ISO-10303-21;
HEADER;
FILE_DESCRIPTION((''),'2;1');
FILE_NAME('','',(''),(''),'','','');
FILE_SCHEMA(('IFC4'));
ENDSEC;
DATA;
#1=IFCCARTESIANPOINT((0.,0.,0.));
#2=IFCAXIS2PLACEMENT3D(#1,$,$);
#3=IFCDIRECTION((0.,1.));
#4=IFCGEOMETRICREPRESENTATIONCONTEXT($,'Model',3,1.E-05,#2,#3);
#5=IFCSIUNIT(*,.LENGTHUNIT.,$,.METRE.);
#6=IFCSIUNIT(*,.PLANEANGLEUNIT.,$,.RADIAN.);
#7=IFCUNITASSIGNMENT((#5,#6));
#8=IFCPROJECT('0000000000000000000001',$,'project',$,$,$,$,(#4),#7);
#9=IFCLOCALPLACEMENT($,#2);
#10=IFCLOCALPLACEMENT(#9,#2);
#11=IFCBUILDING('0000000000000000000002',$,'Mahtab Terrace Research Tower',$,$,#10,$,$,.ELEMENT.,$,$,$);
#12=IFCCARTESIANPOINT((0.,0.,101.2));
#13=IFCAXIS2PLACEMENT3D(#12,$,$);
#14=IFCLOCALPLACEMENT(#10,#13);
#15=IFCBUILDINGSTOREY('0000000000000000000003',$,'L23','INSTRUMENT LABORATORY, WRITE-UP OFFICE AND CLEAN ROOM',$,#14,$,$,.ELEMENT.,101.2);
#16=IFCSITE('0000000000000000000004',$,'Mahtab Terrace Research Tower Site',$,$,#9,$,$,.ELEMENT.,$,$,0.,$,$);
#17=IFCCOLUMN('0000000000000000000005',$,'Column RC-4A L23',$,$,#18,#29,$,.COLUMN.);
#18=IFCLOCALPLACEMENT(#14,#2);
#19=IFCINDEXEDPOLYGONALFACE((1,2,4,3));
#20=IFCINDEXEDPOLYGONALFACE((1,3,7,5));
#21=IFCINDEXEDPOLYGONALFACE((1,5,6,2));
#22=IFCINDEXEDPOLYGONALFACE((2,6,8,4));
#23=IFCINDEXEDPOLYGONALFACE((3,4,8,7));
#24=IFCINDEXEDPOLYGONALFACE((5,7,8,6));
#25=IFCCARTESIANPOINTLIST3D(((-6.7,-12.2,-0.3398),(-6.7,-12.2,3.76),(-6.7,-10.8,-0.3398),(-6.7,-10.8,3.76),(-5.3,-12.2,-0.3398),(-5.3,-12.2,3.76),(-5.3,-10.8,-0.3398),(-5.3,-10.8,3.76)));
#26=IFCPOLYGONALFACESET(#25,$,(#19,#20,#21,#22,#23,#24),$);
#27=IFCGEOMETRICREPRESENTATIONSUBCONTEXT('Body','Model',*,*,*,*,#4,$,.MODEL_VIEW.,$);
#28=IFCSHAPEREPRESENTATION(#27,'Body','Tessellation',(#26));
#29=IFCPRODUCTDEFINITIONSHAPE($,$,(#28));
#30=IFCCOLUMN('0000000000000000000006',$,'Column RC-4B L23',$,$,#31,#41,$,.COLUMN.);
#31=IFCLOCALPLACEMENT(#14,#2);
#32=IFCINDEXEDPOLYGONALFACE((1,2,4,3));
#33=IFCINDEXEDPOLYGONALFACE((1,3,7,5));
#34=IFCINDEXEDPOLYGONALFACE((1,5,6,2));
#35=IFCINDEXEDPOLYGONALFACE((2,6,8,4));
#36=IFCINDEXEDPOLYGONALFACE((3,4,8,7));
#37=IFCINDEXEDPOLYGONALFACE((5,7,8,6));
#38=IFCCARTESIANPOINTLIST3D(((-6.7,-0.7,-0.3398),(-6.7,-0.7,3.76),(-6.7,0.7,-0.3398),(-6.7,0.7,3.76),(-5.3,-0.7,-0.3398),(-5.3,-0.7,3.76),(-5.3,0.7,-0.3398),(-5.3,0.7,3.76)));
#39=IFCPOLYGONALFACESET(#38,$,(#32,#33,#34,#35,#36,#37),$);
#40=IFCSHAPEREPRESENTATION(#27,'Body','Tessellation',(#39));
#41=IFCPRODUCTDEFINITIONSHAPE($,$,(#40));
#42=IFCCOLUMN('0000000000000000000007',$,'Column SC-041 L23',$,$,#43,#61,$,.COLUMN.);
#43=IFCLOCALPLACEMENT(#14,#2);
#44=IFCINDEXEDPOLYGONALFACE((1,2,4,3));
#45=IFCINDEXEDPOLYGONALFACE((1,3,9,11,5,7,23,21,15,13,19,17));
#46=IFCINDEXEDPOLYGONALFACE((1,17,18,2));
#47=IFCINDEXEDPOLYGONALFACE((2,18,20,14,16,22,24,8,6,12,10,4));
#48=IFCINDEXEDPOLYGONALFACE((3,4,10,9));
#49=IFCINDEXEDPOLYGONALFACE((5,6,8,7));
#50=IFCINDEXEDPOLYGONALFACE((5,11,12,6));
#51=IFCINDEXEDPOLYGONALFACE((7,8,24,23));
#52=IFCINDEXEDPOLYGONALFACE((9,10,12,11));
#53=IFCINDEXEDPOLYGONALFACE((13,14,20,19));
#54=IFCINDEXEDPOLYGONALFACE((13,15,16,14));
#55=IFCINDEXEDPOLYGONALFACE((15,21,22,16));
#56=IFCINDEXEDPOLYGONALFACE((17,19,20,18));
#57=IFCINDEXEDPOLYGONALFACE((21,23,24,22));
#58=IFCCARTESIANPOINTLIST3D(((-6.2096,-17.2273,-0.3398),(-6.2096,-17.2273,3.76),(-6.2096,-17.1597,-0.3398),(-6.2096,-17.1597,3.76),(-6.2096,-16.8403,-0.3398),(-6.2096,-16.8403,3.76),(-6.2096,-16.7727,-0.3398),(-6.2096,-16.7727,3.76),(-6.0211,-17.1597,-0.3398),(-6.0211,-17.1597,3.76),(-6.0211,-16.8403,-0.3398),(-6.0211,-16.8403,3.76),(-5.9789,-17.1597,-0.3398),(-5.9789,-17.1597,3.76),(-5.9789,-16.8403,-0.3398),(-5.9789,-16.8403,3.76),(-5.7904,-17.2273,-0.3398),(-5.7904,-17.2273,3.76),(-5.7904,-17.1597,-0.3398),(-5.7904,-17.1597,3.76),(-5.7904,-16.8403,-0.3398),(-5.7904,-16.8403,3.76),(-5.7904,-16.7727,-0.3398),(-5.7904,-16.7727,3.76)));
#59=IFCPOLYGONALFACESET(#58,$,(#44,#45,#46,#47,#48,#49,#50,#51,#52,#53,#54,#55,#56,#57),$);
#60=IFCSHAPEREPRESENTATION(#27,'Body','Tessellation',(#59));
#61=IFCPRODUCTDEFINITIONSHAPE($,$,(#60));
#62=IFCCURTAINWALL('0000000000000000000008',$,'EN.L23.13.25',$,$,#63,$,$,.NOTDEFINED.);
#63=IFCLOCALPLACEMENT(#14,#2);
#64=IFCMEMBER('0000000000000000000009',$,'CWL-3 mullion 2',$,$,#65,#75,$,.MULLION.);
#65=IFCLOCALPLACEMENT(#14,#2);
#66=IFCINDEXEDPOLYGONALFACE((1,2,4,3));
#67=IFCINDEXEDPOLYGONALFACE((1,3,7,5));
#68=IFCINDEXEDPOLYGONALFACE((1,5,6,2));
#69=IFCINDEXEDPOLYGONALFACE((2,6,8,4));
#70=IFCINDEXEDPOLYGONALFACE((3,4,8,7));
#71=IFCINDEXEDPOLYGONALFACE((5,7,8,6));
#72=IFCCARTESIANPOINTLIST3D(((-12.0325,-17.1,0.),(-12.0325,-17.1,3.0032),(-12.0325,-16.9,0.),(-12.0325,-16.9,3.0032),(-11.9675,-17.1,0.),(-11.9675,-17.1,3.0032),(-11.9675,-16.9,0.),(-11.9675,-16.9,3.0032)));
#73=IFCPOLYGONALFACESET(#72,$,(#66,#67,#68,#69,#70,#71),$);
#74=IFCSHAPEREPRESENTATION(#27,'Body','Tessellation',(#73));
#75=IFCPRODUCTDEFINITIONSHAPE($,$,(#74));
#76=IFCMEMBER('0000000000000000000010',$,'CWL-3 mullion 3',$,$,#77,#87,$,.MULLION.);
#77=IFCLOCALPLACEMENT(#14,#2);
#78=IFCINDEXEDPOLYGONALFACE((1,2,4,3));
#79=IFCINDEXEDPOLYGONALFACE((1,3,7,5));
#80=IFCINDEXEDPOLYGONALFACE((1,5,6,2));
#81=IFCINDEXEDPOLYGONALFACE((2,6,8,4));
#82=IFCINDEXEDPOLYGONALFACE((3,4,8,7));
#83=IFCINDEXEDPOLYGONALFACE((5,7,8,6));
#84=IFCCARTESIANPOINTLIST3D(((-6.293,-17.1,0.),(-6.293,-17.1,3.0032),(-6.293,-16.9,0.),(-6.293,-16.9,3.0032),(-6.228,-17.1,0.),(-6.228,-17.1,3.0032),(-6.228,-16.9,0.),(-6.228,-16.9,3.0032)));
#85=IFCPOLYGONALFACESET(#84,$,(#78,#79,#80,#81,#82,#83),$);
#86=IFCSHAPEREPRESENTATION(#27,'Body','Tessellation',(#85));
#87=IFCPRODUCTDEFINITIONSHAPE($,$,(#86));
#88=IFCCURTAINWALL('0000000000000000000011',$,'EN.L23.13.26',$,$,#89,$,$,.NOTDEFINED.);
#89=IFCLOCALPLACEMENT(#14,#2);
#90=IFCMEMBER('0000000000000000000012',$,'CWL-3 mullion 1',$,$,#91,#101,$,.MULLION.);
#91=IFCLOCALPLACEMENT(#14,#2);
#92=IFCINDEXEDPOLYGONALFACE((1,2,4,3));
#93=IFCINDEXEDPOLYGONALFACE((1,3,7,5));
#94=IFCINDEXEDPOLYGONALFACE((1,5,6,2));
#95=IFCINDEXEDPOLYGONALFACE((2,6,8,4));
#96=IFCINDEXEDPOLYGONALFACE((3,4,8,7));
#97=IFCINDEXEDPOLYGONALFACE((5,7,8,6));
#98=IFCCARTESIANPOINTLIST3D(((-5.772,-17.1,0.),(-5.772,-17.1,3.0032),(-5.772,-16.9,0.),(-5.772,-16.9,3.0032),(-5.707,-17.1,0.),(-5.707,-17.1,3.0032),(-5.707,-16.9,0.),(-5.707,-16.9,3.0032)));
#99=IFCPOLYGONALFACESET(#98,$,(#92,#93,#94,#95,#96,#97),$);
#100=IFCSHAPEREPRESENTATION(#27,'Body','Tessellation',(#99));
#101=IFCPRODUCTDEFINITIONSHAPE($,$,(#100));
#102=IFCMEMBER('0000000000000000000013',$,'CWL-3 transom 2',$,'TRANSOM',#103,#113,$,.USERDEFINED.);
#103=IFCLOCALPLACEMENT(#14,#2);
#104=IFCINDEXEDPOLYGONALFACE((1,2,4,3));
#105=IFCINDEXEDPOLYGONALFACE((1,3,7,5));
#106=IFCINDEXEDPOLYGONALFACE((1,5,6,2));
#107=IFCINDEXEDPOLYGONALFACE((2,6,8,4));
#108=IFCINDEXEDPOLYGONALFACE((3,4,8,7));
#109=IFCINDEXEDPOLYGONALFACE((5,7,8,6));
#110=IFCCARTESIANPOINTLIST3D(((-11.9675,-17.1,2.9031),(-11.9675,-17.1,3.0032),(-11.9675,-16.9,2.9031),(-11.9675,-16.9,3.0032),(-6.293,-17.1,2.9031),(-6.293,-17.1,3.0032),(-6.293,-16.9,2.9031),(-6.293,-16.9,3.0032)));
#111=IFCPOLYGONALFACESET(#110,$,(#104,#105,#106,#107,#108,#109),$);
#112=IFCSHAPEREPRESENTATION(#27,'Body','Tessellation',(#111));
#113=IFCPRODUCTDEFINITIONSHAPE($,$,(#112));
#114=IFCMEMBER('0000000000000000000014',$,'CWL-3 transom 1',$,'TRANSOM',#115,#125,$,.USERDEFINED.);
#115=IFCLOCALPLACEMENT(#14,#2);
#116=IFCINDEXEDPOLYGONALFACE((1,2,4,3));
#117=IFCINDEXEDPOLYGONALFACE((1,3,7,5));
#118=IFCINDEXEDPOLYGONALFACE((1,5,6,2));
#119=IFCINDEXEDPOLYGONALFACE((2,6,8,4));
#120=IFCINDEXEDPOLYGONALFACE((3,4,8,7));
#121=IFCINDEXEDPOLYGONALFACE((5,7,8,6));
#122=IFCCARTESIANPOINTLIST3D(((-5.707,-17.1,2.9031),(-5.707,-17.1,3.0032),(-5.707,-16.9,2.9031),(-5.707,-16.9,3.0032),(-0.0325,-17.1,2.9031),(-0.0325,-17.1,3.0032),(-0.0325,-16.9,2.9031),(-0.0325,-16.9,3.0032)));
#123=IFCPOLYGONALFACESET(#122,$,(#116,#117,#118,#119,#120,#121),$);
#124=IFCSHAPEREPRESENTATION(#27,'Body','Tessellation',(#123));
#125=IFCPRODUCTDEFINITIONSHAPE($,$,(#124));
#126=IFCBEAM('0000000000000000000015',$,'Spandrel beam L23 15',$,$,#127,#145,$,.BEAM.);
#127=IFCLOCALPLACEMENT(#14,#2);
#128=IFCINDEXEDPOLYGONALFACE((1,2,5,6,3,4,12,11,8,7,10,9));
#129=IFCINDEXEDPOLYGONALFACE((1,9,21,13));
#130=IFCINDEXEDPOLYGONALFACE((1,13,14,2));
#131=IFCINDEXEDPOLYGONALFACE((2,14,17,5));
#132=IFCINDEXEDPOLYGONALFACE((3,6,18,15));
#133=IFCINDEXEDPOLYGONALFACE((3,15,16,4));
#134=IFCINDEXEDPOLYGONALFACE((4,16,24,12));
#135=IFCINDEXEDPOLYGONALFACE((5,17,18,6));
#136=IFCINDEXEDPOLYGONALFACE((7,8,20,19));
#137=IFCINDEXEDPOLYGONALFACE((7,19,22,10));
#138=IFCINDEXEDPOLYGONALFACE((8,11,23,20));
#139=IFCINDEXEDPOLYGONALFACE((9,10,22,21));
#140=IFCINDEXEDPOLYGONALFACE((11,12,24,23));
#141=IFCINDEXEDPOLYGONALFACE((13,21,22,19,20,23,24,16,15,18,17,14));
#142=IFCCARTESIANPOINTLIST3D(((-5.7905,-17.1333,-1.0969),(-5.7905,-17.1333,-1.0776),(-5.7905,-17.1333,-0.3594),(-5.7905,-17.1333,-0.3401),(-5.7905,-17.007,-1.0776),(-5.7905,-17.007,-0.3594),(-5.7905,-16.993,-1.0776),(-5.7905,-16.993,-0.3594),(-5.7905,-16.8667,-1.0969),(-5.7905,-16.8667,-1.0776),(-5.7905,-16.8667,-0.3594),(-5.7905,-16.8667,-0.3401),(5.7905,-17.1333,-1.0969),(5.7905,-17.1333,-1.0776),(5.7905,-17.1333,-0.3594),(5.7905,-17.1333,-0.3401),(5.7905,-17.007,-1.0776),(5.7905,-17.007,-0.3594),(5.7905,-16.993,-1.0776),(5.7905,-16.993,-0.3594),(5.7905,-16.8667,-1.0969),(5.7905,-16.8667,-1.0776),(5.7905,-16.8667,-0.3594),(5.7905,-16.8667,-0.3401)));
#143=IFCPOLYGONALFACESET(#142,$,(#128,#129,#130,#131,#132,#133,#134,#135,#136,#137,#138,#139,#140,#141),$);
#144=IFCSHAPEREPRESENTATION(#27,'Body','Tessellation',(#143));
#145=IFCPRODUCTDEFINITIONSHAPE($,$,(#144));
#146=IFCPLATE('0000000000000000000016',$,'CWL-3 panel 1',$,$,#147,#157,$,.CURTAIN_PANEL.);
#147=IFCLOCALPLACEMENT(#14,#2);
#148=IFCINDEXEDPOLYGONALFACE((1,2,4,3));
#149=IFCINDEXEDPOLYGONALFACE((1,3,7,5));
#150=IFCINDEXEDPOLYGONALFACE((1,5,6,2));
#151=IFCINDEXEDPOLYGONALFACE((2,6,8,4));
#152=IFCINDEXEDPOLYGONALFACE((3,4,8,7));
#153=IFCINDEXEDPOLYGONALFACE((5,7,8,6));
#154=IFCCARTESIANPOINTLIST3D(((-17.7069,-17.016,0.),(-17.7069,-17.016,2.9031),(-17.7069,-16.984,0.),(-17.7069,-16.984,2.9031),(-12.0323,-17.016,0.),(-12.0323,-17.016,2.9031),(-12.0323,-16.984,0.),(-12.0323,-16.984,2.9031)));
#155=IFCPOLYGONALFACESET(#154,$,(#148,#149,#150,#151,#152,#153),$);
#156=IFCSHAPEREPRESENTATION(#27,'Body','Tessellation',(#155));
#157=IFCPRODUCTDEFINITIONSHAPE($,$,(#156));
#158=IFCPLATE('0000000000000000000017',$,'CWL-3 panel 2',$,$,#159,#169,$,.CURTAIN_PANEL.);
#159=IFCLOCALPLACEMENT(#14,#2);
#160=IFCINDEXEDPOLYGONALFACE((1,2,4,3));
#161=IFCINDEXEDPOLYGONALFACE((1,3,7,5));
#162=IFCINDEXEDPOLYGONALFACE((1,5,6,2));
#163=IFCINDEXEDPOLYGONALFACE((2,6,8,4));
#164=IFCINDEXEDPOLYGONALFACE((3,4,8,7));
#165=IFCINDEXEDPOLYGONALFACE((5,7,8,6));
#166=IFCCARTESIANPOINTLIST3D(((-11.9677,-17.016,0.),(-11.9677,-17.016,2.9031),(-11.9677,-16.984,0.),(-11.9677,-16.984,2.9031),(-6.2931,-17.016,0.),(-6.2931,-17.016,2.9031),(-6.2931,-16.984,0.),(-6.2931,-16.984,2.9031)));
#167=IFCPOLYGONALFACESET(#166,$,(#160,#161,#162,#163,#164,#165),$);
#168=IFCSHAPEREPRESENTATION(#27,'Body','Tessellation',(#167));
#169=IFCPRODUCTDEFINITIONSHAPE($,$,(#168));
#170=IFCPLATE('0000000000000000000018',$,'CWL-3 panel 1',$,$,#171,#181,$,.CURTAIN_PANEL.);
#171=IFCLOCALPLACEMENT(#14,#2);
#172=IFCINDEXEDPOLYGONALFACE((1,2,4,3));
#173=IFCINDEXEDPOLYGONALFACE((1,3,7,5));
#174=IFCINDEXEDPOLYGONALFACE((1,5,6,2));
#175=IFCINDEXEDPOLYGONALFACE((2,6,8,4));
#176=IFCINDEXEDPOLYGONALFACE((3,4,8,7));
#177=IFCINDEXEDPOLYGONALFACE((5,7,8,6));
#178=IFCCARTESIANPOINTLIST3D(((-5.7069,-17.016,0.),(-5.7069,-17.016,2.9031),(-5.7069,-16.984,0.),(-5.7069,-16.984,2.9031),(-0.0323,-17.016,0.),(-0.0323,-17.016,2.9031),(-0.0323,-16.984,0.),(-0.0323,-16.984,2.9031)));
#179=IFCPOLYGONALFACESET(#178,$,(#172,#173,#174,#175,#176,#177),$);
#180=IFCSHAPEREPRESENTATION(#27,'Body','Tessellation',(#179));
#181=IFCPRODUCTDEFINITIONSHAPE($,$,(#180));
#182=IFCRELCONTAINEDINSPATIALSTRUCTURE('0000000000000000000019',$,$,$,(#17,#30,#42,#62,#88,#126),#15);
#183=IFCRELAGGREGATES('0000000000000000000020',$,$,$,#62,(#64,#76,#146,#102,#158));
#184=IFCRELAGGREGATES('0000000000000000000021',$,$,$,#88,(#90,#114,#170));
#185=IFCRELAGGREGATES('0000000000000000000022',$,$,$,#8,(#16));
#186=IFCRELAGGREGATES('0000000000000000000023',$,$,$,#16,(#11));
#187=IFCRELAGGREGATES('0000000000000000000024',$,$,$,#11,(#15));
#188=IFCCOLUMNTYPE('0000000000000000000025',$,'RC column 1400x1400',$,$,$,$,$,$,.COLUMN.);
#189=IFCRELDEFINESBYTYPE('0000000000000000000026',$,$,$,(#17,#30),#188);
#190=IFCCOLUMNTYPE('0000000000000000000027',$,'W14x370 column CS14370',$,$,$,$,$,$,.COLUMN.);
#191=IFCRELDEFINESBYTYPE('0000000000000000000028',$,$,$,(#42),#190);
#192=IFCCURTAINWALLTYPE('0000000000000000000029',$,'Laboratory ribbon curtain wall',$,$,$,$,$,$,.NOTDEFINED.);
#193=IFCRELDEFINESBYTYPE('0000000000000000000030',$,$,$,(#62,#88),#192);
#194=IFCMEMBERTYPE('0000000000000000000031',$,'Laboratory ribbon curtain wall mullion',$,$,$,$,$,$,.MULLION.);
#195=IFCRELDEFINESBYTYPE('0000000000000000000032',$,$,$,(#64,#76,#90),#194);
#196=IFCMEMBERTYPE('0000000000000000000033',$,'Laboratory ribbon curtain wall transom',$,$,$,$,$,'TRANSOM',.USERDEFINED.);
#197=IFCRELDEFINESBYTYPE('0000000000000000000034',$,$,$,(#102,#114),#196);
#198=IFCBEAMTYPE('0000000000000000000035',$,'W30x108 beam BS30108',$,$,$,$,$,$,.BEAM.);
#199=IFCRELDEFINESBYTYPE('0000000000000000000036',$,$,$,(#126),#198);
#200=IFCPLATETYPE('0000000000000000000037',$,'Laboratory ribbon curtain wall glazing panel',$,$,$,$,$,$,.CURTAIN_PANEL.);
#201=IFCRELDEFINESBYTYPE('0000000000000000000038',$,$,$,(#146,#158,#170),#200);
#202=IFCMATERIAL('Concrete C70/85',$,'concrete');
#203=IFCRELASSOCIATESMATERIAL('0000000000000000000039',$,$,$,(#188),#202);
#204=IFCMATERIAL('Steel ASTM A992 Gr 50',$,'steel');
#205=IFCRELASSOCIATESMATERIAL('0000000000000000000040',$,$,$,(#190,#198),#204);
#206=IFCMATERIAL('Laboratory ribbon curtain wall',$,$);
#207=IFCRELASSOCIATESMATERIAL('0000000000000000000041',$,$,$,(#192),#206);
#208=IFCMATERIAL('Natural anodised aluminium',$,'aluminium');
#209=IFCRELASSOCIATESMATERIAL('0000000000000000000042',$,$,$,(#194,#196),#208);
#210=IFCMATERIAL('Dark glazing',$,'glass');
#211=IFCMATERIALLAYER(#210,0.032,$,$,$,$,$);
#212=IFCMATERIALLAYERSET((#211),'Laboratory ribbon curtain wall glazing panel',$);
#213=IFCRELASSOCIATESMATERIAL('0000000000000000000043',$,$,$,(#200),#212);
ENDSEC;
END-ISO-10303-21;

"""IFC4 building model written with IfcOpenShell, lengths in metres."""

from ifc_helpers import new_model, si_unit, direction, frame, origin, origin_2d, place, context, subcontext, project, spatial, rectangle, i_section, extrude, material, layer, layer_set, material_profile, profile_set, type_object, element, aggregate, save


model = new_model("IFC4")

# Units and contexts
model_context = context("Model", 3, precision=1e-05, world=origin(), true_north=direction((0.0, 1.0)))
body_context = subcontext(model_context, "Body", "Model", "MODEL_VIEW")
ifc_project = project(units=[si_unit("LENGTHUNIT", "METRE"), si_unit("PLANEANGLEUNIT", "RADIAN")], contexts=[model_context])

# Site, building, storey
site_placement = place(None, origin())
site = spatial("IfcSite", under=ifc_project, at=site_placement, Name="Mahtab Terrace Research Tower Site", CompositionType="ELEMENT", RefElevation=0.0)
building_placement = place(site_placement, origin())
building = spatial("IfcBuilding", under=site, at=building_placement, Name="Mahtab Terrace Research Tower", CompositionType="ELEMENT")
storey_placement = place(building_placement, frame((0.0, 0.0, 101.2)))
storey = spatial("IfcBuildingStorey", under=building, at=storey_placement, Name="L23", Description="INSTRUMENT LABORATORY, WRITE-UP OFFICE AND CLEAN ROOM", CompositionType="ELEMENT", Elevation=101.2)

# Columns
ifc_material_1 = material(Name="Concrete C70/85", Category="concrete")
ifc_material_profile_1 = material_profile(ifc_material_1, rectangle(XDim=1.3999, YDim=1.3999, at=origin_2d()), Name="RC column 1400x1400")
ifc_profile_set_1 = profile_set([ifc_material_profile_1], Name="Concrete C70/85")
column_type_1 = type_object("IfcColumnType", Name="RC column 1400x1400", PredefinedType="COLUMN", material=ifc_profile_set_1)
for number, where, z_axis, x_axis, name in (
    (1, (-6.0, -11.5, -0.3398), (0.0, 0.0, 1.0), (1.0, 0.0, 0.0), "Column RC-4A L23"),
    (2, (-6.0, 0.0, -0.3398), (0.0, 0.0, 1.0), (1.0, 0.0, 0.0), "Column RC-4B L23"),
):
    element("IfcColumn", number, at=place(storey_placement, frame(where, z_axis=z_axis, x_axis=x_axis)), inside=storey, type_object=column_type_1, Name=name, PredefinedType="COLUMN", context=body_context, shape_type="SweptSolid", body=[
        extrude(rectangle(XDim=1.3999, YDim=1.3999, at=origin_2d()), origin(), (0.0, 0.0, 1.0), 4.0999),
    ])
ifc_material_2 = material(Name="Steel ASTM A992 Gr 50", Category="steel")
ifc_material_profile_2 = material_profile(ifc_material_2, i_section(OverallWidth=0.4192, OverallDepth=0.4546, WebThickness=0.0422, FlangeThickness=0.0676, at=origin_2d()), Name="W14X370")
ifc_profile_set_2 = profile_set([ifc_material_profile_2], Name="Steel ASTM A992 Gr 50")
column_type_2 = type_object("IfcColumnType", Name="W14x370 column CS14370", PredefinedType="COLUMN", material=ifc_profile_set_2)
column_placement = place(storey_placement, frame((-6.0, -17.0, -0.3398), z_axis=(0.0, 0.0, 1.0), x_axis=(1.0, 0.0, 0.0)))
element("IfcColumn", 3, at=column_placement, inside=storey, type_object=column_type_2, Name="Column SC-041 L23", PredefinedType="COLUMN", context=body_context, shape_type="SweptSolid", body=[
    extrude(i_section(OverallWidth=0.4192, OverallDepth=0.4546, WebThickness=0.0422, FlangeThickness=0.0676, at=origin_2d()), origin(), (0.0, 0.0, 1.0), 4.0999),
])

# Curtain wall, members
ifc_material_3 = material(Name="Laboratory ribbon curtain wall")
curtain_wall_type = type_object("IfcCurtainWallType", Name="Laboratory ribbon curtain wall", PredefinedType="NOTDEFINED", material=ifc_material_3)
curtain_wall_1_placement = place(storey_placement, origin())
curtain_wall_1 = element("IfcCurtainWall", 4, at=curtain_wall_1_placement, inside=storey, type_object=curtain_wall_type, Name="EN.L23.13.25", PredefinedType="NOTDEFINED")
ifc_material_4 = material(Name="Natural anodised aluminium", Category="aluminium")
ifc_material_profile_3 = material_profile(ifc_material_4, rectangle(XDim=0.2, YDim=0.0649, at=origin_2d()), Name="MULLION 65x200")
ifc_profile_set_3 = profile_set([ifc_material_profile_3], Name="Natural anodised aluminium")
member_type_1 = type_object("IfcMemberType", Name="Laboratory ribbon curtain wall mullion", PredefinedType="MULLION", material=ifc_profile_set_3)
member_1_placement = place(storey_placement, frame((-12.0, -17.0, 0.0), z_axis=(0.0, 0.0, 1.0), x_axis=(0.0, 1.0, 0.0)))
member_1 = element("IfcMember", 5, at=member_1_placement, type_object=member_type_1, Name="CWL-3 mullion 2", PredefinedType="MULLION", context=body_context, shape_type="SweptSolid", body=[
    extrude(rectangle(XDim=0.2, YDim=0.0649, at=origin_2d()), origin(), (0.0, 0.0, 1.0), 3.0032),
])
member_2_placement = place(storey_placement, frame((-6.2605, -17.0, 0.0), z_axis=(0.0, 0.0, 1.0), x_axis=(0.0, 1.0, 0.0)))
member_2 = element("IfcMember", 6, at=member_2_placement, type_object=member_type_1, Name="CWL-3 mullion 3", PredefinedType="MULLION", context=body_context, shape_type="SweptSolid", body=[
    extrude(rectangle(XDim=0.2, YDim=0.0649, at=origin_2d()), origin(), (0.0, 0.0, 1.0), 3.0032),
])

# Curtain wall, member
curtain_wall_2_placement = place(storey_placement, origin())
curtain_wall_2 = element("IfcCurtainWall", 7, at=curtain_wall_2_placement, inside=storey, type_object=curtain_wall_type, Name="EN.L23.13.26", PredefinedType="NOTDEFINED")
member_3_placement = place(storey_placement, frame((-5.7395, -17.0, 0.0), z_axis=(0.0, 0.0, 1.0), x_axis=(0.0, 1.0, 0.0)))
member_3 = element("IfcMember", 8, at=member_3_placement, type_object=member_type_1, Name="CWL-3 mullion 1", PredefinedType="MULLION", context=body_context, shape_type="SweptSolid", body=[
    extrude(rectangle(XDim=0.2, YDim=0.0649, at=origin_2d()), origin(), (0.0, 0.0, 1.0), 3.0032),
])

# Members
ifc_material_profile_4 = material_profile(ifc_material_4, rectangle(XDim=0.2, YDim=0.1001, at=origin_2d()), Name="TRANSOM 100x200")
ifc_profile_set_4 = profile_set([ifc_material_profile_4], Name="Natural anodised aluminium")
member_type_2 = type_object("IfcMemberType", Name="Laboratory ribbon curtain wall transom", ElementType="TRANSOM", PredefinedType="USERDEFINED", material=ifc_profile_set_4)
member_4_placement = place(storey_placement, frame((-11.9675, -17.0, 2.9531), z_axis=(1.0, 0.0, 0.0), x_axis=(0.0, 1.0, 0.0)))
member_4 = element("IfcMember", 9, at=member_4_placement, type_object=member_type_2, Name="CWL-3 transom 2", ObjectType="TRANSOM", PredefinedType="USERDEFINED", context=body_context, shape_type="SweptSolid", body=[
    extrude(rectangle(XDim=0.2, YDim=0.1001, at=origin_2d()), origin(), (0.0, 0.0, 1.0), 5.6746),
])
member_5_placement = place(storey_placement, frame((-5.707, -17.0, 2.9531), z_axis=(1.0, 0.0, 0.0), x_axis=(0.0, 1.0, 0.0)))
member_5 = element("IfcMember", 10, at=member_5_placement, type_object=member_type_2, Name="CWL-3 transom 1", ObjectType="TRANSOM", PredefinedType="USERDEFINED", context=body_context, shape_type="SweptSolid", body=[
    extrude(rectangle(XDim=0.2, YDim=0.1001, at=origin_2d()), origin(), (0.0, 0.0, 1.0), 5.6746),
])

# Beam
ifc_material_profile_5 = material_profile(ifc_material_2, i_section(OverallWidth=0.2666, OverallDepth=0.7568, WebThickness=0.0139, FlangeThickness=0.0193, at=origin_2d()), Name="W30X108")
ifc_profile_set_5 = profile_set([ifc_material_profile_5], Name="Steel ASTM A992 Gr 50")
beam_type = type_object("IfcBeamType", Name="W30x108 beam BS30108", PredefinedType="BEAM", material=ifc_profile_set_5)
beam_placement = place(storey_placement, frame((-5.7905, -17.0, -0.7185), z_axis=(1.0, 0.0, 0.0), x_axis=(0.0, 1.0, 0.0)))
element("IfcBeam", 11, at=beam_placement, inside=storey, type_object=beam_type, Name="Spandrel beam L23 15", PredefinedType="BEAM", context=body_context, shape_type="SweptSolid", body=[
    extrude(i_section(OverallWidth=0.2666, OverallDepth=0.7568, WebThickness=0.0139, FlangeThickness=0.0193, at=origin_2d()), origin(), (0.0, 0.0, 1.0), 11.5811),
])

# Plates
ifc_material_5 = material(Name="Dark glazing", Category="glass")
ifc_layer_1 = layer(ifc_material_5, 0.032)
ifc_layer_set_1 = layer_set([ifc_layer_1], Name="Laboratory ribbon curtain wall glazing panel")
plate_type = type_object("IfcPlateType", Name="Laboratory ribbon curtain wall glazing panel", PredefinedType="CURTAIN_PANEL", material=ifc_layer_set_1)
plate_1_placement = place(storey_placement, frame((-14.8696, -17.0, 0.0), z_axis=(0.0, 0.0, 1.0), x_axis=(1.0, 0.0, 0.0)))
plate_1 = element("IfcPlate", 12, at=plate_1_placement, type_object=plate_type, Name="CWL-3 panel 1", PredefinedType="CURTAIN_PANEL", context=body_context, shape_type="SweptSolid", body=[
    extrude(rectangle(XDim=5.6746, YDim=0.032, at=origin_2d()), origin(), (0.0, 0.0, 1.0), 2.9031),
])
plate_2_placement = place(storey_placement, frame((-9.1304, -17.0, 0.0), z_axis=(0.0, 0.0, 1.0), x_axis=(1.0, 0.0, 0.0)))
plate_2 = element("IfcPlate", 13, at=plate_2_placement, type_object=plate_type, Name="CWL-3 panel 2", PredefinedType="CURTAIN_PANEL", context=body_context, shape_type="SweptSolid", body=[
    extrude(rectangle(XDim=5.6746, YDim=0.032, at=origin_2d()), origin(), (0.0, 0.0, 1.0), 2.9031),
])
aggregate(curtain_wall_1, [member_1, member_2, plate_1, member_4, plate_2])
plate_3_placement = place(storey_placement, frame((-2.8696, -17.0, 0.0), z_axis=(0.0, 0.0, 1.0), x_axis=(1.0, 0.0, 0.0)))
plate_3 = element("IfcPlate", 14, at=plate_3_placement, type_object=plate_type, Name="CWL-3 panel 1", PredefinedType="CURTAIN_PANEL", context=body_context, shape_type="SweptSolid", body=[
    extrude(rectangle(XDim=5.6746, YDim=0.032, at=origin_2d()), origin(), (0.0, 0.0, 1.0), 2.9031),
])
aggregate(curtain_wall_2, [member_3, member_5, plate_3])

save(model, "model.ifc")
